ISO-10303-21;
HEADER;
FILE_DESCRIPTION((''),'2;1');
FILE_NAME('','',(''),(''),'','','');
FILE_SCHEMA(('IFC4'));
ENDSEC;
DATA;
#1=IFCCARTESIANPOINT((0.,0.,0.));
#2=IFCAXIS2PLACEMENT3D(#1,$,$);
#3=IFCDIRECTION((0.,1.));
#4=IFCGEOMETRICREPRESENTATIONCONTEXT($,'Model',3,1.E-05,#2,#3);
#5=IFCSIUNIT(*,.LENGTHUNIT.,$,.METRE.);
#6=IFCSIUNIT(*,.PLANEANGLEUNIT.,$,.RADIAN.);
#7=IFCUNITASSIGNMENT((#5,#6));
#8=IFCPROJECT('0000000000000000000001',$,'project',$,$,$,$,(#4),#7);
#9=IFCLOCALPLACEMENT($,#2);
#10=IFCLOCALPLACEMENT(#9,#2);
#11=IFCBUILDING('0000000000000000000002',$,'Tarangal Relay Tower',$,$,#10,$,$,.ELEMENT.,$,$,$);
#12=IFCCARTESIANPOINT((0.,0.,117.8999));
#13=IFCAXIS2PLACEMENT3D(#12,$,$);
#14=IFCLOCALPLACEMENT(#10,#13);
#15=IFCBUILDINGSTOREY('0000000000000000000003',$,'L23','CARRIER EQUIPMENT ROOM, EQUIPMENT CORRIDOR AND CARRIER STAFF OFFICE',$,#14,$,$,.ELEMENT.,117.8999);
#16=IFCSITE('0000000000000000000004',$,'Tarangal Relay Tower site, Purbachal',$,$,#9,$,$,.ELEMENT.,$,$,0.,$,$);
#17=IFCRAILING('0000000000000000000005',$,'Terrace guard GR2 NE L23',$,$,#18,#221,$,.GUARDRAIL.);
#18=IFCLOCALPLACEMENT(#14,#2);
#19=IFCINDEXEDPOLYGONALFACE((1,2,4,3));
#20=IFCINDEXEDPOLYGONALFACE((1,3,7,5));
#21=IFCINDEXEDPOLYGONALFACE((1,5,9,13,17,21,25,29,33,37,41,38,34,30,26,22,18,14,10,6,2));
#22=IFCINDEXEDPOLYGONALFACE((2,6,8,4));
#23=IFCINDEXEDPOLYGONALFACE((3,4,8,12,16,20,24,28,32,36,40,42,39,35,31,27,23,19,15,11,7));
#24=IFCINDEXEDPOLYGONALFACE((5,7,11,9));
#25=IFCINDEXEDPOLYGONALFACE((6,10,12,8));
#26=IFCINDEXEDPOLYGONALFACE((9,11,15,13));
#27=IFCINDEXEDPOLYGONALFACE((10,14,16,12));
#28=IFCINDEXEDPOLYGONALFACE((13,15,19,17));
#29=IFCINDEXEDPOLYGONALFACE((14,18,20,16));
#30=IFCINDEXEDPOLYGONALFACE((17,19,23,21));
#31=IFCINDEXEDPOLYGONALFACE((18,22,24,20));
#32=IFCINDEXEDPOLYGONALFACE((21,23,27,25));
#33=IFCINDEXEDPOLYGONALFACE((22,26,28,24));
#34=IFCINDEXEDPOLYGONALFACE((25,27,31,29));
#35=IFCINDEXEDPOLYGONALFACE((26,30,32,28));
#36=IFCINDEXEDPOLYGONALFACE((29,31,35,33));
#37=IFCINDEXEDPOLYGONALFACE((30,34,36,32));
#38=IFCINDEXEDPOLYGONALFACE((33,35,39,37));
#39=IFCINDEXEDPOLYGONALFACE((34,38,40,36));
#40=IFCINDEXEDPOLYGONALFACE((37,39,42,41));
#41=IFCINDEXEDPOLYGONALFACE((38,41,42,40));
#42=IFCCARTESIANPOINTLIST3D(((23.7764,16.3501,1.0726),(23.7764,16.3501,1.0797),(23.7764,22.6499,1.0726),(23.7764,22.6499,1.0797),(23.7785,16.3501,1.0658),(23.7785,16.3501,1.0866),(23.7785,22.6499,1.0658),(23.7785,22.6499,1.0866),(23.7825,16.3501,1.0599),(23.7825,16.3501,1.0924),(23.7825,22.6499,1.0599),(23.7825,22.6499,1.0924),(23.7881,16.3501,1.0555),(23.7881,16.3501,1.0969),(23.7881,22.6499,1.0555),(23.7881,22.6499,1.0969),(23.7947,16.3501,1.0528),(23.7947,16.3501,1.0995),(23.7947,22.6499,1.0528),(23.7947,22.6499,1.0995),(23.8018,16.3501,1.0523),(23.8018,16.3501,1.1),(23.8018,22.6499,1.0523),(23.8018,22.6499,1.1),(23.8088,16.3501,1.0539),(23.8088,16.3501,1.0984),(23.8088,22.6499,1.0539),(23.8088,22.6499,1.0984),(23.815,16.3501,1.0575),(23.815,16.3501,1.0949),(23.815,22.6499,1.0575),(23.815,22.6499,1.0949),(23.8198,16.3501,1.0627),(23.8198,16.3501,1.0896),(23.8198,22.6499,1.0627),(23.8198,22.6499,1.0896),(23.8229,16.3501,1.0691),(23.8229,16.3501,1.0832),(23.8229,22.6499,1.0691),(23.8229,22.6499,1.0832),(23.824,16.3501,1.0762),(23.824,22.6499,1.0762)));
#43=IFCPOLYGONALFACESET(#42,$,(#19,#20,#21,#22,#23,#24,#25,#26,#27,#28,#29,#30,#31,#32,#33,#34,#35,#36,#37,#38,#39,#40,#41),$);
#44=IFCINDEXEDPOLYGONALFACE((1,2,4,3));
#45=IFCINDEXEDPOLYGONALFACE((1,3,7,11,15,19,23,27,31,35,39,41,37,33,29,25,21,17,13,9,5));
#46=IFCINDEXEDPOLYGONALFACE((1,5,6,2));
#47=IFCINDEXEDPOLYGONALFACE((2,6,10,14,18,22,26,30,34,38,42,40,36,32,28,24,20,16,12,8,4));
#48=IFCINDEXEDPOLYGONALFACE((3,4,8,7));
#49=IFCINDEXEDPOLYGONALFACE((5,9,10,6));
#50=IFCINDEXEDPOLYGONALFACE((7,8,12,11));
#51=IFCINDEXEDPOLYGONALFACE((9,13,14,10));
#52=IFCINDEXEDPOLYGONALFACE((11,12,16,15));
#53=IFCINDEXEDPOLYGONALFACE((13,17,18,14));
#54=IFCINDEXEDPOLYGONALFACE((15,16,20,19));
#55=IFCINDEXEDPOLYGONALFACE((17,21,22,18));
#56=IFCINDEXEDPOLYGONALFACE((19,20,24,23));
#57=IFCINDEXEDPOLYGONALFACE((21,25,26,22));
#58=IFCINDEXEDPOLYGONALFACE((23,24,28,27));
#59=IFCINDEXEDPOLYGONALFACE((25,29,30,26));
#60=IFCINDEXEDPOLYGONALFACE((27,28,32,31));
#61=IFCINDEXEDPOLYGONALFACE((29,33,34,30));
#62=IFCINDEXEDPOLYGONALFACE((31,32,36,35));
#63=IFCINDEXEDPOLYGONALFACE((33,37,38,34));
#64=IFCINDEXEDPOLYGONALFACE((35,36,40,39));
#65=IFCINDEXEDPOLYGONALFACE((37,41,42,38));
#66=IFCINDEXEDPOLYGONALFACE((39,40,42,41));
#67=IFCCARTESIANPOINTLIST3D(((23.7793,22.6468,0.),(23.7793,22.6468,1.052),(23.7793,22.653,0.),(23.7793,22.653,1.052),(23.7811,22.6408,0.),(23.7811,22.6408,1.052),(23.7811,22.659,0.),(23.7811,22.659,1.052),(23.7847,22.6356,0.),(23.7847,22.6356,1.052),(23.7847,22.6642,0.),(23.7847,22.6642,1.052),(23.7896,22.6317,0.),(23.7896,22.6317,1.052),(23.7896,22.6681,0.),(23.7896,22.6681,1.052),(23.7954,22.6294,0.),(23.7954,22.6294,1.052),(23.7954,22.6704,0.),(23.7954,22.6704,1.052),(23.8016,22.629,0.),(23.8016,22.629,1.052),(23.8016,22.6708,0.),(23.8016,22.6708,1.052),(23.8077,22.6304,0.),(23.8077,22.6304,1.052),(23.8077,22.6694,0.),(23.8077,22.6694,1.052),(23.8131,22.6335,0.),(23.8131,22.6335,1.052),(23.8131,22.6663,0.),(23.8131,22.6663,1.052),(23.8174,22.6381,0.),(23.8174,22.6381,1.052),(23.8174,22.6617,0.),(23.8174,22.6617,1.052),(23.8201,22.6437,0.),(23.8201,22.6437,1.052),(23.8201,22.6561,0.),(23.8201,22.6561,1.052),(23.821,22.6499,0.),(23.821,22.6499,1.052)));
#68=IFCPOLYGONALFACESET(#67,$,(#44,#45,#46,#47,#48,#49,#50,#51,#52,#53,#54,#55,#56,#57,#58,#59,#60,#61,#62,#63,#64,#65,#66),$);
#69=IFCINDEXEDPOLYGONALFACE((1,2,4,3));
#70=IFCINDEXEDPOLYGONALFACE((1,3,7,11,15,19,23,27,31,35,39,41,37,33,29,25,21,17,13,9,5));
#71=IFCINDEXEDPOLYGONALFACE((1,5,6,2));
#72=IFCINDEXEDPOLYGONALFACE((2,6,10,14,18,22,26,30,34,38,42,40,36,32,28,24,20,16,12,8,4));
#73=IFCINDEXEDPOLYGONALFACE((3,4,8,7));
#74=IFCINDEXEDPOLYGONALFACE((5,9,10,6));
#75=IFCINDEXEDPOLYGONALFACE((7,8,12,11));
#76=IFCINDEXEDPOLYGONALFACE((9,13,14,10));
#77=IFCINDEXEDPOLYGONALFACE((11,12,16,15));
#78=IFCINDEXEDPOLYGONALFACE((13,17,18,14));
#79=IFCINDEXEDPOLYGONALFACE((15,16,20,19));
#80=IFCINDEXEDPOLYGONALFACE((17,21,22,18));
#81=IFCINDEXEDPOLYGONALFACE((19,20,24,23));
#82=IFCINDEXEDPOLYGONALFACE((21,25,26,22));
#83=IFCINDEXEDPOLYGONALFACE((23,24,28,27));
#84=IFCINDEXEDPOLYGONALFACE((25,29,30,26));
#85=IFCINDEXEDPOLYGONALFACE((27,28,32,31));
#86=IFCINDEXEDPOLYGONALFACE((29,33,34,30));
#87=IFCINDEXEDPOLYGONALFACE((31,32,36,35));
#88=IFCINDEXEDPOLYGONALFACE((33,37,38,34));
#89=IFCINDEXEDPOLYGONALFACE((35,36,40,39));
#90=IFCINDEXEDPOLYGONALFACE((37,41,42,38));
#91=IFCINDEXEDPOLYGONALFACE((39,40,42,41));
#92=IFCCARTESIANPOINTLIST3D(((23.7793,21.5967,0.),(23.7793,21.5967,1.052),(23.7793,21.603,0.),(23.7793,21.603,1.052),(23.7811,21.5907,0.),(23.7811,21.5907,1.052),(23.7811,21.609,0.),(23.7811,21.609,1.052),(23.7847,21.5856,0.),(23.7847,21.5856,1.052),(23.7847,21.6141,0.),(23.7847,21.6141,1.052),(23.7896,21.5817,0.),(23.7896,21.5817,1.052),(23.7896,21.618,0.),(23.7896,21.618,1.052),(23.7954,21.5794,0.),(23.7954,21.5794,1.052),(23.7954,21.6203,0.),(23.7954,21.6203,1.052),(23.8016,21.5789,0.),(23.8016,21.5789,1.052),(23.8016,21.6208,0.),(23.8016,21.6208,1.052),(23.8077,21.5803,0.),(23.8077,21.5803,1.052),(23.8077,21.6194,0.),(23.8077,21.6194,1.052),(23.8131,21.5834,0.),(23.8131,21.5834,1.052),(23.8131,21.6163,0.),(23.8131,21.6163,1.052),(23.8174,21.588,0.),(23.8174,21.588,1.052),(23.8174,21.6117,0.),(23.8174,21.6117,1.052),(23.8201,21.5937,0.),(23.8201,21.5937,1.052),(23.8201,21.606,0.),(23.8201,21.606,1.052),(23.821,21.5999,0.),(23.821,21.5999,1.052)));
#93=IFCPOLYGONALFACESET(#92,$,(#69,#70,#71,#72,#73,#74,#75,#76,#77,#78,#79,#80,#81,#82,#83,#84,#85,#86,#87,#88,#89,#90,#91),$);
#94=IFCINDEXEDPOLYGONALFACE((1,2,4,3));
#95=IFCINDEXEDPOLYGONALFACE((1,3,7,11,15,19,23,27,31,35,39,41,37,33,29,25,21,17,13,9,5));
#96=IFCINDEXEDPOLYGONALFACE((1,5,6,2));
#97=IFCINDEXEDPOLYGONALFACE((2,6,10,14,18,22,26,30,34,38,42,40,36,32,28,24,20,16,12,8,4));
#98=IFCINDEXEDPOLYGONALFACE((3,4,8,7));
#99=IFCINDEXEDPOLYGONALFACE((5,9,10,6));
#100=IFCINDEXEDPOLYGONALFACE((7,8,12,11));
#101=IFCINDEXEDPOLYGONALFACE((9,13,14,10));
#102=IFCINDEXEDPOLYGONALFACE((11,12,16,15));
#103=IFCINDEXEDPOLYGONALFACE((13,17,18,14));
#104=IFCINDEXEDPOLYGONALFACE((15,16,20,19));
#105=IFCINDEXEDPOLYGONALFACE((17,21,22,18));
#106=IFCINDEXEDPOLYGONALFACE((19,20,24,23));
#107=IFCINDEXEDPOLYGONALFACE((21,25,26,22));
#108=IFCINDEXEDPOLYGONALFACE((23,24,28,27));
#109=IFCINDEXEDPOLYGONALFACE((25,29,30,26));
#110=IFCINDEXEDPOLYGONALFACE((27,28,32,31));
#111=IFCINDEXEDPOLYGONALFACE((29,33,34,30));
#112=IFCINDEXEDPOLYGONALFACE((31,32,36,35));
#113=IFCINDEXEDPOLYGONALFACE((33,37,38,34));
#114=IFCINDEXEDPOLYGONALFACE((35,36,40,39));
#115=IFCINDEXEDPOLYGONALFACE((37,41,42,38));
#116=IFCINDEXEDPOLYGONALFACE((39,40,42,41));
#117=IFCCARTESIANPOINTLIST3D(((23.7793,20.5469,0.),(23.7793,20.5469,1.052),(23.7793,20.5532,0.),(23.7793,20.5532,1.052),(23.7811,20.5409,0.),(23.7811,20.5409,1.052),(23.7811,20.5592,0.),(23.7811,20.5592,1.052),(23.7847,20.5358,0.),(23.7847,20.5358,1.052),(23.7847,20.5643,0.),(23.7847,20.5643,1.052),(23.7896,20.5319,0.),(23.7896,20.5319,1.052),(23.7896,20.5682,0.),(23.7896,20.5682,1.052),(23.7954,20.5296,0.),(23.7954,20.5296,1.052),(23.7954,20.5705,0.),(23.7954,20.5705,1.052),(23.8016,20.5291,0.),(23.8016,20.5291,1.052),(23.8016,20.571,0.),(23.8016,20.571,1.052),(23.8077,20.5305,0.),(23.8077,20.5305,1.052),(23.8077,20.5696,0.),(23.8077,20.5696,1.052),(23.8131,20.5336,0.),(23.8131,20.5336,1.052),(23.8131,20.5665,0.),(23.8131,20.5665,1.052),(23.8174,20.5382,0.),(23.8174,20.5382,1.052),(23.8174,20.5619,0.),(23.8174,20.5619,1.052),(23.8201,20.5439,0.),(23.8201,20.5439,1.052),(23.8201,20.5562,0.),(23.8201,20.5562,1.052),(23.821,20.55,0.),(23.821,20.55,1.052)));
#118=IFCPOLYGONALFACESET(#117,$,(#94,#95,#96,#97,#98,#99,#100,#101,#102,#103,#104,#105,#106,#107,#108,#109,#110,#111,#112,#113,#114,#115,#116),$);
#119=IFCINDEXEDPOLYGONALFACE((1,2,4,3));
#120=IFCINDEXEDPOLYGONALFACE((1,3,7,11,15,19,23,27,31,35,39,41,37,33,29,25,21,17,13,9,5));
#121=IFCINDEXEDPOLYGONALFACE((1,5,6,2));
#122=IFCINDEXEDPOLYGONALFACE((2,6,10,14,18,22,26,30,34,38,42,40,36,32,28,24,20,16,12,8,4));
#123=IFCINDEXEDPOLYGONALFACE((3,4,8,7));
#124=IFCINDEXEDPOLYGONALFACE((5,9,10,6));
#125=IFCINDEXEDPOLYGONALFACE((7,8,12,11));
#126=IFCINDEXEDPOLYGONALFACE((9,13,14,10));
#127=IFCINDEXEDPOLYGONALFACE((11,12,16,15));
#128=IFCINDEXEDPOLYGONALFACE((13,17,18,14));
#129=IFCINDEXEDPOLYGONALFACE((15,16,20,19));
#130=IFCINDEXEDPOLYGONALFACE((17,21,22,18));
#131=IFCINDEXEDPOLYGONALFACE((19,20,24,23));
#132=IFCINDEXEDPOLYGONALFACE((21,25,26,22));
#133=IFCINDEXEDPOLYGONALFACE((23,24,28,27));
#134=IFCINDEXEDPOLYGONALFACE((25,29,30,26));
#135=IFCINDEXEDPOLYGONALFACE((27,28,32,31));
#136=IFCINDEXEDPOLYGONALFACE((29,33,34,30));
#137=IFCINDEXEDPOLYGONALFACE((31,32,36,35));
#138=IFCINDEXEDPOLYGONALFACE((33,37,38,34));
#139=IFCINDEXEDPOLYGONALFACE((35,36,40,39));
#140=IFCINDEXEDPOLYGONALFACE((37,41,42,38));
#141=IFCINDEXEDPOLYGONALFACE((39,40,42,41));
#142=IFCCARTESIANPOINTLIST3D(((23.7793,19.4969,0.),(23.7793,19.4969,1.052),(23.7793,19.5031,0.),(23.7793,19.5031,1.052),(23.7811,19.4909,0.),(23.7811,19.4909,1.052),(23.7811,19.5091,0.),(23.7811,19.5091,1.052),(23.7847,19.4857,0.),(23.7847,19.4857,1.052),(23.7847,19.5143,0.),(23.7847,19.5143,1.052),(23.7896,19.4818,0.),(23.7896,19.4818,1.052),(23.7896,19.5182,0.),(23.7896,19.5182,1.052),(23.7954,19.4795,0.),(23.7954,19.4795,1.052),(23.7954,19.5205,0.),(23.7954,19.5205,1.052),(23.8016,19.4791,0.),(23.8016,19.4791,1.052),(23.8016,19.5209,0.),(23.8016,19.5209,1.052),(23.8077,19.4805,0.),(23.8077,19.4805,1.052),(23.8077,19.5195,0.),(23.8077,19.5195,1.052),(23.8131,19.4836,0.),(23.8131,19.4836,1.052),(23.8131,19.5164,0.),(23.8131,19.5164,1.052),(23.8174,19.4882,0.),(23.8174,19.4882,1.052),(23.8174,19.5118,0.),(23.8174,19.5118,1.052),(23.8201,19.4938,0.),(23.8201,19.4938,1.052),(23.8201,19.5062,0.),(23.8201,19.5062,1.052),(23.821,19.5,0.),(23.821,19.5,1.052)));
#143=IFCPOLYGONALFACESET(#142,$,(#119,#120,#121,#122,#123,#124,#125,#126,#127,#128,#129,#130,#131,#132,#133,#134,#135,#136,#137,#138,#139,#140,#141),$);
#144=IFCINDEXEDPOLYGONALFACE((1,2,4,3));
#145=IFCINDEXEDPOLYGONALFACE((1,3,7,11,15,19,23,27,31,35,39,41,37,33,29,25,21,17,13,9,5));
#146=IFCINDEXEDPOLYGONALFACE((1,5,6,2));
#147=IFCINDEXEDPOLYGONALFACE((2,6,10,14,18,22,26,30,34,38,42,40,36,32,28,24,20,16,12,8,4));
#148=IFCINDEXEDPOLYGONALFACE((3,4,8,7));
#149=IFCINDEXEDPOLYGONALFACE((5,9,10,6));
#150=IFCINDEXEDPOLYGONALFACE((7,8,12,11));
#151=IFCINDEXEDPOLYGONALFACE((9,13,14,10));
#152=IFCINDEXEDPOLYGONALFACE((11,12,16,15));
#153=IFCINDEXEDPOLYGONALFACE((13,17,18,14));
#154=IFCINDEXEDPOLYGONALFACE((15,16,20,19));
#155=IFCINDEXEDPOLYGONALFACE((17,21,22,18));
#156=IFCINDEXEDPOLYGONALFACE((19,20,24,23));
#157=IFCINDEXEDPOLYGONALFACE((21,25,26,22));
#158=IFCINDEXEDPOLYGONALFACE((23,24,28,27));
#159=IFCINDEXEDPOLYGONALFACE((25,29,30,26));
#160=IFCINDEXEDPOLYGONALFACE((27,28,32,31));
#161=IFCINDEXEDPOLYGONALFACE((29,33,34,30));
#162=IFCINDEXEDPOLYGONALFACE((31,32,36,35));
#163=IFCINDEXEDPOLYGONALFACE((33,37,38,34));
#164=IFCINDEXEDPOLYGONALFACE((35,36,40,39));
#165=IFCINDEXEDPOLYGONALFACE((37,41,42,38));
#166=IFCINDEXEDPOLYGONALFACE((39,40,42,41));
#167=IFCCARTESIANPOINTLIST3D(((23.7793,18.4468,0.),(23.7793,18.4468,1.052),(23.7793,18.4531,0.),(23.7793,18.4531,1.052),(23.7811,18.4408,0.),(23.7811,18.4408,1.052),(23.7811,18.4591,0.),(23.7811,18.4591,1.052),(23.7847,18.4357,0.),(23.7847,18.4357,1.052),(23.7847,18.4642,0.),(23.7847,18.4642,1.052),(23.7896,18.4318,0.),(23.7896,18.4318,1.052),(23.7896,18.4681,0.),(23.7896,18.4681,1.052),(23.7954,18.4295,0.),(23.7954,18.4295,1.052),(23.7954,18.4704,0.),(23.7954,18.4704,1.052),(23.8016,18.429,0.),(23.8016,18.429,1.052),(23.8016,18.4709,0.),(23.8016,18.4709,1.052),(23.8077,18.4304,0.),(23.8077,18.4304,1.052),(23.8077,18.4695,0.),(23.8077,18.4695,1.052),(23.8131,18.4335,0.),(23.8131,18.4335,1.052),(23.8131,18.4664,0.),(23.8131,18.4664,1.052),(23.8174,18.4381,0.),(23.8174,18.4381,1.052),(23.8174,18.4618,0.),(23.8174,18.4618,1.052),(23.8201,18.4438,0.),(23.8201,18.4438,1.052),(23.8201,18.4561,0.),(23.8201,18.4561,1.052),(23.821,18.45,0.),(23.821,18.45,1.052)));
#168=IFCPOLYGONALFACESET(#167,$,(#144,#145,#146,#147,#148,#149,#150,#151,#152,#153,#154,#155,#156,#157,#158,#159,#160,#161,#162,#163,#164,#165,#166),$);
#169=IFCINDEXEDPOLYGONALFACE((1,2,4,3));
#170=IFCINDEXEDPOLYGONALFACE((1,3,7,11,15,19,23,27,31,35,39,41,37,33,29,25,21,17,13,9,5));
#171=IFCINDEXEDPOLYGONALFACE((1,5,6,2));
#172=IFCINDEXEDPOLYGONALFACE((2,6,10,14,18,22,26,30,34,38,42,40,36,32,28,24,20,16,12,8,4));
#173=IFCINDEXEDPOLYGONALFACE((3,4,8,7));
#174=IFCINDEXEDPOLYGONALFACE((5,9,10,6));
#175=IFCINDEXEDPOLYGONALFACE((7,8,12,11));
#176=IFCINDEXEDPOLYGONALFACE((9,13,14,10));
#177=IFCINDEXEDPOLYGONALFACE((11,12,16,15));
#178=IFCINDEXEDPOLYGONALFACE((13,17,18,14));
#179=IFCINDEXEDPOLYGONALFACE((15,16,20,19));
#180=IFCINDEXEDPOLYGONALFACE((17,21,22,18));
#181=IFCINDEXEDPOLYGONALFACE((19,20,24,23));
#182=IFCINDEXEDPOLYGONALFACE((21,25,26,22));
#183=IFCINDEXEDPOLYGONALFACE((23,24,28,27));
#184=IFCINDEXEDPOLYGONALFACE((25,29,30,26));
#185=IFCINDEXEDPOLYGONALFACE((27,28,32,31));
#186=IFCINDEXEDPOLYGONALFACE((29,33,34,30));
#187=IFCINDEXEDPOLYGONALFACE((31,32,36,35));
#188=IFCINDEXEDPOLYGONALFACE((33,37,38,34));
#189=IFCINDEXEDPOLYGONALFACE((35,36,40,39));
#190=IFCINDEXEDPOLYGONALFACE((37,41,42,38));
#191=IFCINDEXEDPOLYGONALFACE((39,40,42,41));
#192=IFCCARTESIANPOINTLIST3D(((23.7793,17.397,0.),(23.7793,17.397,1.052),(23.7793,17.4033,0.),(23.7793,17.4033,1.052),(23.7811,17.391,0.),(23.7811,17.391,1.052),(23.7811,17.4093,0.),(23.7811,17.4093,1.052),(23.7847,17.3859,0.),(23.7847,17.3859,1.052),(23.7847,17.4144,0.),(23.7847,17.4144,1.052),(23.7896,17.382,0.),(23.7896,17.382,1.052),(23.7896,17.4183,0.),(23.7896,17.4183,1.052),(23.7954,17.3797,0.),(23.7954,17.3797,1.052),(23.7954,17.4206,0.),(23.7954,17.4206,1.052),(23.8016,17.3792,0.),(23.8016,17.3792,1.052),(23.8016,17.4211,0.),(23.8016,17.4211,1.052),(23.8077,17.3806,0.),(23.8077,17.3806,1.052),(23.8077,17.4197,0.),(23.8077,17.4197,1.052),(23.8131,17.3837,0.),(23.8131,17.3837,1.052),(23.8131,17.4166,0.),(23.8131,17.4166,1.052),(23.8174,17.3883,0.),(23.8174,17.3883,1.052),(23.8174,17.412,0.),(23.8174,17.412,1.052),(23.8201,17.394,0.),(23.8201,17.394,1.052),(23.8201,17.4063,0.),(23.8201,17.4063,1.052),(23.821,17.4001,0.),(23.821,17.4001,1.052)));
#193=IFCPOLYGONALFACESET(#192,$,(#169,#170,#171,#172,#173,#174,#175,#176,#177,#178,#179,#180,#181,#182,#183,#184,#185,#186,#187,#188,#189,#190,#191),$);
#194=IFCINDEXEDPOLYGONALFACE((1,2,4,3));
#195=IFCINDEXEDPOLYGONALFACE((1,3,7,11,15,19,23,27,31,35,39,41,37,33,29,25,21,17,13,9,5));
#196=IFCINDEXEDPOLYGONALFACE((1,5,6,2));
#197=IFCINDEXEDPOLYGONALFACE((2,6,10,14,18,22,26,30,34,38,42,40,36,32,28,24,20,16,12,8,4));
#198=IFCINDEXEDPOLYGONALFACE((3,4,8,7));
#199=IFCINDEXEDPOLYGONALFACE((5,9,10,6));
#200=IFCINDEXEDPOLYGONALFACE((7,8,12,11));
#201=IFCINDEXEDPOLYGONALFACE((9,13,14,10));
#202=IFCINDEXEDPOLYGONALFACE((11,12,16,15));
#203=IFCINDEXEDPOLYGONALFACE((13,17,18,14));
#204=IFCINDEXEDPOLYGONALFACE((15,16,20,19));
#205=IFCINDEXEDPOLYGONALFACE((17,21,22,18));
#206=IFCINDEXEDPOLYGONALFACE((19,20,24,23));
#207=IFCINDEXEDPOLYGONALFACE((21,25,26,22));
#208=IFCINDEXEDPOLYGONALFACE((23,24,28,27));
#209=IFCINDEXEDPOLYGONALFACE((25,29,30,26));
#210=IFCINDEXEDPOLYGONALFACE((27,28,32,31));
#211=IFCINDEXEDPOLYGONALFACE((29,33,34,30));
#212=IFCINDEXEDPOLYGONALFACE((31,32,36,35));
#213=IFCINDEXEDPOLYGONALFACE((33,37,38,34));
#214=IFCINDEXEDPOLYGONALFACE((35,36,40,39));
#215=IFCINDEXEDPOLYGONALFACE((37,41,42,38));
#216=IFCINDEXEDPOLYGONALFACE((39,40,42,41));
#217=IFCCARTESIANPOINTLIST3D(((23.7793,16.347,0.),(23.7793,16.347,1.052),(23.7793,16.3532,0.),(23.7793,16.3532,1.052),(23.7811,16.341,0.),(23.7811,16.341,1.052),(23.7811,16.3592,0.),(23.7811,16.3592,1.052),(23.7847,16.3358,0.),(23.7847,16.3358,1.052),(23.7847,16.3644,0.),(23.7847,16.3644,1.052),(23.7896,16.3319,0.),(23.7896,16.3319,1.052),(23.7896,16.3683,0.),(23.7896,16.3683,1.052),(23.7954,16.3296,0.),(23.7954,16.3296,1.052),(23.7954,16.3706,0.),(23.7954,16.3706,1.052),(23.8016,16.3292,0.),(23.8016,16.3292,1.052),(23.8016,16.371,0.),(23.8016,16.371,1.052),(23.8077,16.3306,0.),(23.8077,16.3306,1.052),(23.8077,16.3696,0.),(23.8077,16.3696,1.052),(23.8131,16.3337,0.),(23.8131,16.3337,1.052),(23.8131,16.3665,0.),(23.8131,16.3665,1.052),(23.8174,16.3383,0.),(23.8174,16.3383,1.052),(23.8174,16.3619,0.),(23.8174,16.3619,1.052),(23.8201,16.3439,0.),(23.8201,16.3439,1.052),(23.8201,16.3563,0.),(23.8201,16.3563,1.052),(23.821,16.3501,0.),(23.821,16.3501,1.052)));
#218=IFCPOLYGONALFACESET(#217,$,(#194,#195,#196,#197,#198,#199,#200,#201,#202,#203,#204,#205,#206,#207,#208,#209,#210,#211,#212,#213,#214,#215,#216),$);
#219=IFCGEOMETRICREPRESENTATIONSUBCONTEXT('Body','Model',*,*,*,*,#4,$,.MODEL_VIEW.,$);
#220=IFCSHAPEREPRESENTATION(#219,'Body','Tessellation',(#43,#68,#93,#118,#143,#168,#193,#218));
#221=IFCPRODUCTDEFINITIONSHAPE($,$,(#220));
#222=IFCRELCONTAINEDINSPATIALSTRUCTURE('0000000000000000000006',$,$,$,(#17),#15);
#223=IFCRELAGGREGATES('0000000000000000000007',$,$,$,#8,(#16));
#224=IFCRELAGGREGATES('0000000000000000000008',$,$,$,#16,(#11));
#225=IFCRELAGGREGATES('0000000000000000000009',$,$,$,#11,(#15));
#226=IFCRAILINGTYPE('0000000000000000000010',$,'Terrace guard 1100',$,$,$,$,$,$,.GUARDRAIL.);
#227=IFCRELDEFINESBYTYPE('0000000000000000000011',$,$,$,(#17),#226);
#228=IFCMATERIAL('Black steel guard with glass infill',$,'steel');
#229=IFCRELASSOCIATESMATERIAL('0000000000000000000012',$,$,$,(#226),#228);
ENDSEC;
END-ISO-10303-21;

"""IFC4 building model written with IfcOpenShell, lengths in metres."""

from ifc_helpers import new_model, si_unit, direction, frame, origin, origin_2d, place, context, subcontext, project, spatial, circle, extrude, material, type_object, element, save


model = new_model("IFC4")

# Units and contexts
model_context = context("Model", 3, precision=1e-05, world=origin(), true_north=direction((0.0, 1.0)))
body_context = subcontext(model_context, "Body", "Model", "MODEL_VIEW")
ifc_project = project(units=[si_unit("LENGTHUNIT", "METRE"), si_unit("PLANEANGLEUNIT", "RADIAN")], contexts=[model_context])

# Site, building, storey
site_placement = place(None, origin())
site = spatial("IfcSite", under=ifc_project, at=site_placement, Name="Tarangal Relay Tower site, Purbachal", CompositionType="ELEMENT", RefElevation=0.0)
building_placement = place(site_placement, origin())
building = spatial("IfcBuilding", under=site, at=building_placement, Name="Tarangal Relay Tower", CompositionType="ELEMENT")
storey_placement = place(building_placement, frame((0.0, 0.0, 117.8999)))
storey = spatial("IfcBuildingStorey", under=building, at=storey_placement, Name="L23", Description="CARRIER EQUIPMENT ROOM, EQUIPMENT CORRIDOR AND CARRIER STAFF OFFICE", CompositionType="ELEMENT", Elevation=117.8999)

# Railing
ifc_material_1 = material(Name="Black steel guard with glass infill", Category="steel")
railing_type = type_object("IfcRailingType", Name="Terrace guard 1100", PredefinedType="GUARDRAIL", material=ifc_material_1)
railing_1_placement = place(storey_placement, frame((23.8, 22.6499, 0.0)))
element("IfcRailing", 1, at=railing_1_placement, inside=storey, type_object=railing_type, Name="Terrace guard GR2 NE L23", PredefinedType="GUARDRAIL", context=body_context, shape_type="SweptSolid", body=[
    extrude(circle(Radius=0.0239, at=origin_2d()), frame((0.0, 0.0, 1.0762), z_axis=(0.0, -1.0, 0.0), x_axis=(1.0, 0.0, 0.0)), (0.0, 0.0, 1.0), 6.2998),
    extrude(circle(Radius=0.021, at=origin_2d()), origin(), (0.0, 0.0, 1.0), 1.052),
    extrude(circle(Radius=0.021, at=origin_2d()), frame((0.0, -1.05, 0.0)), (0.0, 0.0, 1.0), 1.052),
    extrude(circle(Radius=0.021, at=origin_2d()), frame((0.0, -2.0999, 0.0)), (0.0, 0.0, 1.0), 1.052),
    extrude(circle(Radius=0.021, at=origin_2d()), frame((0.0, -3.1499, 0.0)), (0.0, 0.0, 1.0), 1.052),
    extrude(circle(Radius=0.021, at=origin_2d()), frame((0.0, -4.2, 0.0)), (0.0, 0.0, 1.0), 1.052),
    extrude(circle(Radius=0.021, at=origin_2d()), frame((0.0, -5.2498, 0.0)), (0.0, 0.0, 1.0), 1.052),
    extrude(circle(Radius=0.021, at=origin_2d()), frame((0.0, -6.2998, 0.0)), (0.0, 0.0, 1.0), 1.052),
])

save(model, "model.ifc")
